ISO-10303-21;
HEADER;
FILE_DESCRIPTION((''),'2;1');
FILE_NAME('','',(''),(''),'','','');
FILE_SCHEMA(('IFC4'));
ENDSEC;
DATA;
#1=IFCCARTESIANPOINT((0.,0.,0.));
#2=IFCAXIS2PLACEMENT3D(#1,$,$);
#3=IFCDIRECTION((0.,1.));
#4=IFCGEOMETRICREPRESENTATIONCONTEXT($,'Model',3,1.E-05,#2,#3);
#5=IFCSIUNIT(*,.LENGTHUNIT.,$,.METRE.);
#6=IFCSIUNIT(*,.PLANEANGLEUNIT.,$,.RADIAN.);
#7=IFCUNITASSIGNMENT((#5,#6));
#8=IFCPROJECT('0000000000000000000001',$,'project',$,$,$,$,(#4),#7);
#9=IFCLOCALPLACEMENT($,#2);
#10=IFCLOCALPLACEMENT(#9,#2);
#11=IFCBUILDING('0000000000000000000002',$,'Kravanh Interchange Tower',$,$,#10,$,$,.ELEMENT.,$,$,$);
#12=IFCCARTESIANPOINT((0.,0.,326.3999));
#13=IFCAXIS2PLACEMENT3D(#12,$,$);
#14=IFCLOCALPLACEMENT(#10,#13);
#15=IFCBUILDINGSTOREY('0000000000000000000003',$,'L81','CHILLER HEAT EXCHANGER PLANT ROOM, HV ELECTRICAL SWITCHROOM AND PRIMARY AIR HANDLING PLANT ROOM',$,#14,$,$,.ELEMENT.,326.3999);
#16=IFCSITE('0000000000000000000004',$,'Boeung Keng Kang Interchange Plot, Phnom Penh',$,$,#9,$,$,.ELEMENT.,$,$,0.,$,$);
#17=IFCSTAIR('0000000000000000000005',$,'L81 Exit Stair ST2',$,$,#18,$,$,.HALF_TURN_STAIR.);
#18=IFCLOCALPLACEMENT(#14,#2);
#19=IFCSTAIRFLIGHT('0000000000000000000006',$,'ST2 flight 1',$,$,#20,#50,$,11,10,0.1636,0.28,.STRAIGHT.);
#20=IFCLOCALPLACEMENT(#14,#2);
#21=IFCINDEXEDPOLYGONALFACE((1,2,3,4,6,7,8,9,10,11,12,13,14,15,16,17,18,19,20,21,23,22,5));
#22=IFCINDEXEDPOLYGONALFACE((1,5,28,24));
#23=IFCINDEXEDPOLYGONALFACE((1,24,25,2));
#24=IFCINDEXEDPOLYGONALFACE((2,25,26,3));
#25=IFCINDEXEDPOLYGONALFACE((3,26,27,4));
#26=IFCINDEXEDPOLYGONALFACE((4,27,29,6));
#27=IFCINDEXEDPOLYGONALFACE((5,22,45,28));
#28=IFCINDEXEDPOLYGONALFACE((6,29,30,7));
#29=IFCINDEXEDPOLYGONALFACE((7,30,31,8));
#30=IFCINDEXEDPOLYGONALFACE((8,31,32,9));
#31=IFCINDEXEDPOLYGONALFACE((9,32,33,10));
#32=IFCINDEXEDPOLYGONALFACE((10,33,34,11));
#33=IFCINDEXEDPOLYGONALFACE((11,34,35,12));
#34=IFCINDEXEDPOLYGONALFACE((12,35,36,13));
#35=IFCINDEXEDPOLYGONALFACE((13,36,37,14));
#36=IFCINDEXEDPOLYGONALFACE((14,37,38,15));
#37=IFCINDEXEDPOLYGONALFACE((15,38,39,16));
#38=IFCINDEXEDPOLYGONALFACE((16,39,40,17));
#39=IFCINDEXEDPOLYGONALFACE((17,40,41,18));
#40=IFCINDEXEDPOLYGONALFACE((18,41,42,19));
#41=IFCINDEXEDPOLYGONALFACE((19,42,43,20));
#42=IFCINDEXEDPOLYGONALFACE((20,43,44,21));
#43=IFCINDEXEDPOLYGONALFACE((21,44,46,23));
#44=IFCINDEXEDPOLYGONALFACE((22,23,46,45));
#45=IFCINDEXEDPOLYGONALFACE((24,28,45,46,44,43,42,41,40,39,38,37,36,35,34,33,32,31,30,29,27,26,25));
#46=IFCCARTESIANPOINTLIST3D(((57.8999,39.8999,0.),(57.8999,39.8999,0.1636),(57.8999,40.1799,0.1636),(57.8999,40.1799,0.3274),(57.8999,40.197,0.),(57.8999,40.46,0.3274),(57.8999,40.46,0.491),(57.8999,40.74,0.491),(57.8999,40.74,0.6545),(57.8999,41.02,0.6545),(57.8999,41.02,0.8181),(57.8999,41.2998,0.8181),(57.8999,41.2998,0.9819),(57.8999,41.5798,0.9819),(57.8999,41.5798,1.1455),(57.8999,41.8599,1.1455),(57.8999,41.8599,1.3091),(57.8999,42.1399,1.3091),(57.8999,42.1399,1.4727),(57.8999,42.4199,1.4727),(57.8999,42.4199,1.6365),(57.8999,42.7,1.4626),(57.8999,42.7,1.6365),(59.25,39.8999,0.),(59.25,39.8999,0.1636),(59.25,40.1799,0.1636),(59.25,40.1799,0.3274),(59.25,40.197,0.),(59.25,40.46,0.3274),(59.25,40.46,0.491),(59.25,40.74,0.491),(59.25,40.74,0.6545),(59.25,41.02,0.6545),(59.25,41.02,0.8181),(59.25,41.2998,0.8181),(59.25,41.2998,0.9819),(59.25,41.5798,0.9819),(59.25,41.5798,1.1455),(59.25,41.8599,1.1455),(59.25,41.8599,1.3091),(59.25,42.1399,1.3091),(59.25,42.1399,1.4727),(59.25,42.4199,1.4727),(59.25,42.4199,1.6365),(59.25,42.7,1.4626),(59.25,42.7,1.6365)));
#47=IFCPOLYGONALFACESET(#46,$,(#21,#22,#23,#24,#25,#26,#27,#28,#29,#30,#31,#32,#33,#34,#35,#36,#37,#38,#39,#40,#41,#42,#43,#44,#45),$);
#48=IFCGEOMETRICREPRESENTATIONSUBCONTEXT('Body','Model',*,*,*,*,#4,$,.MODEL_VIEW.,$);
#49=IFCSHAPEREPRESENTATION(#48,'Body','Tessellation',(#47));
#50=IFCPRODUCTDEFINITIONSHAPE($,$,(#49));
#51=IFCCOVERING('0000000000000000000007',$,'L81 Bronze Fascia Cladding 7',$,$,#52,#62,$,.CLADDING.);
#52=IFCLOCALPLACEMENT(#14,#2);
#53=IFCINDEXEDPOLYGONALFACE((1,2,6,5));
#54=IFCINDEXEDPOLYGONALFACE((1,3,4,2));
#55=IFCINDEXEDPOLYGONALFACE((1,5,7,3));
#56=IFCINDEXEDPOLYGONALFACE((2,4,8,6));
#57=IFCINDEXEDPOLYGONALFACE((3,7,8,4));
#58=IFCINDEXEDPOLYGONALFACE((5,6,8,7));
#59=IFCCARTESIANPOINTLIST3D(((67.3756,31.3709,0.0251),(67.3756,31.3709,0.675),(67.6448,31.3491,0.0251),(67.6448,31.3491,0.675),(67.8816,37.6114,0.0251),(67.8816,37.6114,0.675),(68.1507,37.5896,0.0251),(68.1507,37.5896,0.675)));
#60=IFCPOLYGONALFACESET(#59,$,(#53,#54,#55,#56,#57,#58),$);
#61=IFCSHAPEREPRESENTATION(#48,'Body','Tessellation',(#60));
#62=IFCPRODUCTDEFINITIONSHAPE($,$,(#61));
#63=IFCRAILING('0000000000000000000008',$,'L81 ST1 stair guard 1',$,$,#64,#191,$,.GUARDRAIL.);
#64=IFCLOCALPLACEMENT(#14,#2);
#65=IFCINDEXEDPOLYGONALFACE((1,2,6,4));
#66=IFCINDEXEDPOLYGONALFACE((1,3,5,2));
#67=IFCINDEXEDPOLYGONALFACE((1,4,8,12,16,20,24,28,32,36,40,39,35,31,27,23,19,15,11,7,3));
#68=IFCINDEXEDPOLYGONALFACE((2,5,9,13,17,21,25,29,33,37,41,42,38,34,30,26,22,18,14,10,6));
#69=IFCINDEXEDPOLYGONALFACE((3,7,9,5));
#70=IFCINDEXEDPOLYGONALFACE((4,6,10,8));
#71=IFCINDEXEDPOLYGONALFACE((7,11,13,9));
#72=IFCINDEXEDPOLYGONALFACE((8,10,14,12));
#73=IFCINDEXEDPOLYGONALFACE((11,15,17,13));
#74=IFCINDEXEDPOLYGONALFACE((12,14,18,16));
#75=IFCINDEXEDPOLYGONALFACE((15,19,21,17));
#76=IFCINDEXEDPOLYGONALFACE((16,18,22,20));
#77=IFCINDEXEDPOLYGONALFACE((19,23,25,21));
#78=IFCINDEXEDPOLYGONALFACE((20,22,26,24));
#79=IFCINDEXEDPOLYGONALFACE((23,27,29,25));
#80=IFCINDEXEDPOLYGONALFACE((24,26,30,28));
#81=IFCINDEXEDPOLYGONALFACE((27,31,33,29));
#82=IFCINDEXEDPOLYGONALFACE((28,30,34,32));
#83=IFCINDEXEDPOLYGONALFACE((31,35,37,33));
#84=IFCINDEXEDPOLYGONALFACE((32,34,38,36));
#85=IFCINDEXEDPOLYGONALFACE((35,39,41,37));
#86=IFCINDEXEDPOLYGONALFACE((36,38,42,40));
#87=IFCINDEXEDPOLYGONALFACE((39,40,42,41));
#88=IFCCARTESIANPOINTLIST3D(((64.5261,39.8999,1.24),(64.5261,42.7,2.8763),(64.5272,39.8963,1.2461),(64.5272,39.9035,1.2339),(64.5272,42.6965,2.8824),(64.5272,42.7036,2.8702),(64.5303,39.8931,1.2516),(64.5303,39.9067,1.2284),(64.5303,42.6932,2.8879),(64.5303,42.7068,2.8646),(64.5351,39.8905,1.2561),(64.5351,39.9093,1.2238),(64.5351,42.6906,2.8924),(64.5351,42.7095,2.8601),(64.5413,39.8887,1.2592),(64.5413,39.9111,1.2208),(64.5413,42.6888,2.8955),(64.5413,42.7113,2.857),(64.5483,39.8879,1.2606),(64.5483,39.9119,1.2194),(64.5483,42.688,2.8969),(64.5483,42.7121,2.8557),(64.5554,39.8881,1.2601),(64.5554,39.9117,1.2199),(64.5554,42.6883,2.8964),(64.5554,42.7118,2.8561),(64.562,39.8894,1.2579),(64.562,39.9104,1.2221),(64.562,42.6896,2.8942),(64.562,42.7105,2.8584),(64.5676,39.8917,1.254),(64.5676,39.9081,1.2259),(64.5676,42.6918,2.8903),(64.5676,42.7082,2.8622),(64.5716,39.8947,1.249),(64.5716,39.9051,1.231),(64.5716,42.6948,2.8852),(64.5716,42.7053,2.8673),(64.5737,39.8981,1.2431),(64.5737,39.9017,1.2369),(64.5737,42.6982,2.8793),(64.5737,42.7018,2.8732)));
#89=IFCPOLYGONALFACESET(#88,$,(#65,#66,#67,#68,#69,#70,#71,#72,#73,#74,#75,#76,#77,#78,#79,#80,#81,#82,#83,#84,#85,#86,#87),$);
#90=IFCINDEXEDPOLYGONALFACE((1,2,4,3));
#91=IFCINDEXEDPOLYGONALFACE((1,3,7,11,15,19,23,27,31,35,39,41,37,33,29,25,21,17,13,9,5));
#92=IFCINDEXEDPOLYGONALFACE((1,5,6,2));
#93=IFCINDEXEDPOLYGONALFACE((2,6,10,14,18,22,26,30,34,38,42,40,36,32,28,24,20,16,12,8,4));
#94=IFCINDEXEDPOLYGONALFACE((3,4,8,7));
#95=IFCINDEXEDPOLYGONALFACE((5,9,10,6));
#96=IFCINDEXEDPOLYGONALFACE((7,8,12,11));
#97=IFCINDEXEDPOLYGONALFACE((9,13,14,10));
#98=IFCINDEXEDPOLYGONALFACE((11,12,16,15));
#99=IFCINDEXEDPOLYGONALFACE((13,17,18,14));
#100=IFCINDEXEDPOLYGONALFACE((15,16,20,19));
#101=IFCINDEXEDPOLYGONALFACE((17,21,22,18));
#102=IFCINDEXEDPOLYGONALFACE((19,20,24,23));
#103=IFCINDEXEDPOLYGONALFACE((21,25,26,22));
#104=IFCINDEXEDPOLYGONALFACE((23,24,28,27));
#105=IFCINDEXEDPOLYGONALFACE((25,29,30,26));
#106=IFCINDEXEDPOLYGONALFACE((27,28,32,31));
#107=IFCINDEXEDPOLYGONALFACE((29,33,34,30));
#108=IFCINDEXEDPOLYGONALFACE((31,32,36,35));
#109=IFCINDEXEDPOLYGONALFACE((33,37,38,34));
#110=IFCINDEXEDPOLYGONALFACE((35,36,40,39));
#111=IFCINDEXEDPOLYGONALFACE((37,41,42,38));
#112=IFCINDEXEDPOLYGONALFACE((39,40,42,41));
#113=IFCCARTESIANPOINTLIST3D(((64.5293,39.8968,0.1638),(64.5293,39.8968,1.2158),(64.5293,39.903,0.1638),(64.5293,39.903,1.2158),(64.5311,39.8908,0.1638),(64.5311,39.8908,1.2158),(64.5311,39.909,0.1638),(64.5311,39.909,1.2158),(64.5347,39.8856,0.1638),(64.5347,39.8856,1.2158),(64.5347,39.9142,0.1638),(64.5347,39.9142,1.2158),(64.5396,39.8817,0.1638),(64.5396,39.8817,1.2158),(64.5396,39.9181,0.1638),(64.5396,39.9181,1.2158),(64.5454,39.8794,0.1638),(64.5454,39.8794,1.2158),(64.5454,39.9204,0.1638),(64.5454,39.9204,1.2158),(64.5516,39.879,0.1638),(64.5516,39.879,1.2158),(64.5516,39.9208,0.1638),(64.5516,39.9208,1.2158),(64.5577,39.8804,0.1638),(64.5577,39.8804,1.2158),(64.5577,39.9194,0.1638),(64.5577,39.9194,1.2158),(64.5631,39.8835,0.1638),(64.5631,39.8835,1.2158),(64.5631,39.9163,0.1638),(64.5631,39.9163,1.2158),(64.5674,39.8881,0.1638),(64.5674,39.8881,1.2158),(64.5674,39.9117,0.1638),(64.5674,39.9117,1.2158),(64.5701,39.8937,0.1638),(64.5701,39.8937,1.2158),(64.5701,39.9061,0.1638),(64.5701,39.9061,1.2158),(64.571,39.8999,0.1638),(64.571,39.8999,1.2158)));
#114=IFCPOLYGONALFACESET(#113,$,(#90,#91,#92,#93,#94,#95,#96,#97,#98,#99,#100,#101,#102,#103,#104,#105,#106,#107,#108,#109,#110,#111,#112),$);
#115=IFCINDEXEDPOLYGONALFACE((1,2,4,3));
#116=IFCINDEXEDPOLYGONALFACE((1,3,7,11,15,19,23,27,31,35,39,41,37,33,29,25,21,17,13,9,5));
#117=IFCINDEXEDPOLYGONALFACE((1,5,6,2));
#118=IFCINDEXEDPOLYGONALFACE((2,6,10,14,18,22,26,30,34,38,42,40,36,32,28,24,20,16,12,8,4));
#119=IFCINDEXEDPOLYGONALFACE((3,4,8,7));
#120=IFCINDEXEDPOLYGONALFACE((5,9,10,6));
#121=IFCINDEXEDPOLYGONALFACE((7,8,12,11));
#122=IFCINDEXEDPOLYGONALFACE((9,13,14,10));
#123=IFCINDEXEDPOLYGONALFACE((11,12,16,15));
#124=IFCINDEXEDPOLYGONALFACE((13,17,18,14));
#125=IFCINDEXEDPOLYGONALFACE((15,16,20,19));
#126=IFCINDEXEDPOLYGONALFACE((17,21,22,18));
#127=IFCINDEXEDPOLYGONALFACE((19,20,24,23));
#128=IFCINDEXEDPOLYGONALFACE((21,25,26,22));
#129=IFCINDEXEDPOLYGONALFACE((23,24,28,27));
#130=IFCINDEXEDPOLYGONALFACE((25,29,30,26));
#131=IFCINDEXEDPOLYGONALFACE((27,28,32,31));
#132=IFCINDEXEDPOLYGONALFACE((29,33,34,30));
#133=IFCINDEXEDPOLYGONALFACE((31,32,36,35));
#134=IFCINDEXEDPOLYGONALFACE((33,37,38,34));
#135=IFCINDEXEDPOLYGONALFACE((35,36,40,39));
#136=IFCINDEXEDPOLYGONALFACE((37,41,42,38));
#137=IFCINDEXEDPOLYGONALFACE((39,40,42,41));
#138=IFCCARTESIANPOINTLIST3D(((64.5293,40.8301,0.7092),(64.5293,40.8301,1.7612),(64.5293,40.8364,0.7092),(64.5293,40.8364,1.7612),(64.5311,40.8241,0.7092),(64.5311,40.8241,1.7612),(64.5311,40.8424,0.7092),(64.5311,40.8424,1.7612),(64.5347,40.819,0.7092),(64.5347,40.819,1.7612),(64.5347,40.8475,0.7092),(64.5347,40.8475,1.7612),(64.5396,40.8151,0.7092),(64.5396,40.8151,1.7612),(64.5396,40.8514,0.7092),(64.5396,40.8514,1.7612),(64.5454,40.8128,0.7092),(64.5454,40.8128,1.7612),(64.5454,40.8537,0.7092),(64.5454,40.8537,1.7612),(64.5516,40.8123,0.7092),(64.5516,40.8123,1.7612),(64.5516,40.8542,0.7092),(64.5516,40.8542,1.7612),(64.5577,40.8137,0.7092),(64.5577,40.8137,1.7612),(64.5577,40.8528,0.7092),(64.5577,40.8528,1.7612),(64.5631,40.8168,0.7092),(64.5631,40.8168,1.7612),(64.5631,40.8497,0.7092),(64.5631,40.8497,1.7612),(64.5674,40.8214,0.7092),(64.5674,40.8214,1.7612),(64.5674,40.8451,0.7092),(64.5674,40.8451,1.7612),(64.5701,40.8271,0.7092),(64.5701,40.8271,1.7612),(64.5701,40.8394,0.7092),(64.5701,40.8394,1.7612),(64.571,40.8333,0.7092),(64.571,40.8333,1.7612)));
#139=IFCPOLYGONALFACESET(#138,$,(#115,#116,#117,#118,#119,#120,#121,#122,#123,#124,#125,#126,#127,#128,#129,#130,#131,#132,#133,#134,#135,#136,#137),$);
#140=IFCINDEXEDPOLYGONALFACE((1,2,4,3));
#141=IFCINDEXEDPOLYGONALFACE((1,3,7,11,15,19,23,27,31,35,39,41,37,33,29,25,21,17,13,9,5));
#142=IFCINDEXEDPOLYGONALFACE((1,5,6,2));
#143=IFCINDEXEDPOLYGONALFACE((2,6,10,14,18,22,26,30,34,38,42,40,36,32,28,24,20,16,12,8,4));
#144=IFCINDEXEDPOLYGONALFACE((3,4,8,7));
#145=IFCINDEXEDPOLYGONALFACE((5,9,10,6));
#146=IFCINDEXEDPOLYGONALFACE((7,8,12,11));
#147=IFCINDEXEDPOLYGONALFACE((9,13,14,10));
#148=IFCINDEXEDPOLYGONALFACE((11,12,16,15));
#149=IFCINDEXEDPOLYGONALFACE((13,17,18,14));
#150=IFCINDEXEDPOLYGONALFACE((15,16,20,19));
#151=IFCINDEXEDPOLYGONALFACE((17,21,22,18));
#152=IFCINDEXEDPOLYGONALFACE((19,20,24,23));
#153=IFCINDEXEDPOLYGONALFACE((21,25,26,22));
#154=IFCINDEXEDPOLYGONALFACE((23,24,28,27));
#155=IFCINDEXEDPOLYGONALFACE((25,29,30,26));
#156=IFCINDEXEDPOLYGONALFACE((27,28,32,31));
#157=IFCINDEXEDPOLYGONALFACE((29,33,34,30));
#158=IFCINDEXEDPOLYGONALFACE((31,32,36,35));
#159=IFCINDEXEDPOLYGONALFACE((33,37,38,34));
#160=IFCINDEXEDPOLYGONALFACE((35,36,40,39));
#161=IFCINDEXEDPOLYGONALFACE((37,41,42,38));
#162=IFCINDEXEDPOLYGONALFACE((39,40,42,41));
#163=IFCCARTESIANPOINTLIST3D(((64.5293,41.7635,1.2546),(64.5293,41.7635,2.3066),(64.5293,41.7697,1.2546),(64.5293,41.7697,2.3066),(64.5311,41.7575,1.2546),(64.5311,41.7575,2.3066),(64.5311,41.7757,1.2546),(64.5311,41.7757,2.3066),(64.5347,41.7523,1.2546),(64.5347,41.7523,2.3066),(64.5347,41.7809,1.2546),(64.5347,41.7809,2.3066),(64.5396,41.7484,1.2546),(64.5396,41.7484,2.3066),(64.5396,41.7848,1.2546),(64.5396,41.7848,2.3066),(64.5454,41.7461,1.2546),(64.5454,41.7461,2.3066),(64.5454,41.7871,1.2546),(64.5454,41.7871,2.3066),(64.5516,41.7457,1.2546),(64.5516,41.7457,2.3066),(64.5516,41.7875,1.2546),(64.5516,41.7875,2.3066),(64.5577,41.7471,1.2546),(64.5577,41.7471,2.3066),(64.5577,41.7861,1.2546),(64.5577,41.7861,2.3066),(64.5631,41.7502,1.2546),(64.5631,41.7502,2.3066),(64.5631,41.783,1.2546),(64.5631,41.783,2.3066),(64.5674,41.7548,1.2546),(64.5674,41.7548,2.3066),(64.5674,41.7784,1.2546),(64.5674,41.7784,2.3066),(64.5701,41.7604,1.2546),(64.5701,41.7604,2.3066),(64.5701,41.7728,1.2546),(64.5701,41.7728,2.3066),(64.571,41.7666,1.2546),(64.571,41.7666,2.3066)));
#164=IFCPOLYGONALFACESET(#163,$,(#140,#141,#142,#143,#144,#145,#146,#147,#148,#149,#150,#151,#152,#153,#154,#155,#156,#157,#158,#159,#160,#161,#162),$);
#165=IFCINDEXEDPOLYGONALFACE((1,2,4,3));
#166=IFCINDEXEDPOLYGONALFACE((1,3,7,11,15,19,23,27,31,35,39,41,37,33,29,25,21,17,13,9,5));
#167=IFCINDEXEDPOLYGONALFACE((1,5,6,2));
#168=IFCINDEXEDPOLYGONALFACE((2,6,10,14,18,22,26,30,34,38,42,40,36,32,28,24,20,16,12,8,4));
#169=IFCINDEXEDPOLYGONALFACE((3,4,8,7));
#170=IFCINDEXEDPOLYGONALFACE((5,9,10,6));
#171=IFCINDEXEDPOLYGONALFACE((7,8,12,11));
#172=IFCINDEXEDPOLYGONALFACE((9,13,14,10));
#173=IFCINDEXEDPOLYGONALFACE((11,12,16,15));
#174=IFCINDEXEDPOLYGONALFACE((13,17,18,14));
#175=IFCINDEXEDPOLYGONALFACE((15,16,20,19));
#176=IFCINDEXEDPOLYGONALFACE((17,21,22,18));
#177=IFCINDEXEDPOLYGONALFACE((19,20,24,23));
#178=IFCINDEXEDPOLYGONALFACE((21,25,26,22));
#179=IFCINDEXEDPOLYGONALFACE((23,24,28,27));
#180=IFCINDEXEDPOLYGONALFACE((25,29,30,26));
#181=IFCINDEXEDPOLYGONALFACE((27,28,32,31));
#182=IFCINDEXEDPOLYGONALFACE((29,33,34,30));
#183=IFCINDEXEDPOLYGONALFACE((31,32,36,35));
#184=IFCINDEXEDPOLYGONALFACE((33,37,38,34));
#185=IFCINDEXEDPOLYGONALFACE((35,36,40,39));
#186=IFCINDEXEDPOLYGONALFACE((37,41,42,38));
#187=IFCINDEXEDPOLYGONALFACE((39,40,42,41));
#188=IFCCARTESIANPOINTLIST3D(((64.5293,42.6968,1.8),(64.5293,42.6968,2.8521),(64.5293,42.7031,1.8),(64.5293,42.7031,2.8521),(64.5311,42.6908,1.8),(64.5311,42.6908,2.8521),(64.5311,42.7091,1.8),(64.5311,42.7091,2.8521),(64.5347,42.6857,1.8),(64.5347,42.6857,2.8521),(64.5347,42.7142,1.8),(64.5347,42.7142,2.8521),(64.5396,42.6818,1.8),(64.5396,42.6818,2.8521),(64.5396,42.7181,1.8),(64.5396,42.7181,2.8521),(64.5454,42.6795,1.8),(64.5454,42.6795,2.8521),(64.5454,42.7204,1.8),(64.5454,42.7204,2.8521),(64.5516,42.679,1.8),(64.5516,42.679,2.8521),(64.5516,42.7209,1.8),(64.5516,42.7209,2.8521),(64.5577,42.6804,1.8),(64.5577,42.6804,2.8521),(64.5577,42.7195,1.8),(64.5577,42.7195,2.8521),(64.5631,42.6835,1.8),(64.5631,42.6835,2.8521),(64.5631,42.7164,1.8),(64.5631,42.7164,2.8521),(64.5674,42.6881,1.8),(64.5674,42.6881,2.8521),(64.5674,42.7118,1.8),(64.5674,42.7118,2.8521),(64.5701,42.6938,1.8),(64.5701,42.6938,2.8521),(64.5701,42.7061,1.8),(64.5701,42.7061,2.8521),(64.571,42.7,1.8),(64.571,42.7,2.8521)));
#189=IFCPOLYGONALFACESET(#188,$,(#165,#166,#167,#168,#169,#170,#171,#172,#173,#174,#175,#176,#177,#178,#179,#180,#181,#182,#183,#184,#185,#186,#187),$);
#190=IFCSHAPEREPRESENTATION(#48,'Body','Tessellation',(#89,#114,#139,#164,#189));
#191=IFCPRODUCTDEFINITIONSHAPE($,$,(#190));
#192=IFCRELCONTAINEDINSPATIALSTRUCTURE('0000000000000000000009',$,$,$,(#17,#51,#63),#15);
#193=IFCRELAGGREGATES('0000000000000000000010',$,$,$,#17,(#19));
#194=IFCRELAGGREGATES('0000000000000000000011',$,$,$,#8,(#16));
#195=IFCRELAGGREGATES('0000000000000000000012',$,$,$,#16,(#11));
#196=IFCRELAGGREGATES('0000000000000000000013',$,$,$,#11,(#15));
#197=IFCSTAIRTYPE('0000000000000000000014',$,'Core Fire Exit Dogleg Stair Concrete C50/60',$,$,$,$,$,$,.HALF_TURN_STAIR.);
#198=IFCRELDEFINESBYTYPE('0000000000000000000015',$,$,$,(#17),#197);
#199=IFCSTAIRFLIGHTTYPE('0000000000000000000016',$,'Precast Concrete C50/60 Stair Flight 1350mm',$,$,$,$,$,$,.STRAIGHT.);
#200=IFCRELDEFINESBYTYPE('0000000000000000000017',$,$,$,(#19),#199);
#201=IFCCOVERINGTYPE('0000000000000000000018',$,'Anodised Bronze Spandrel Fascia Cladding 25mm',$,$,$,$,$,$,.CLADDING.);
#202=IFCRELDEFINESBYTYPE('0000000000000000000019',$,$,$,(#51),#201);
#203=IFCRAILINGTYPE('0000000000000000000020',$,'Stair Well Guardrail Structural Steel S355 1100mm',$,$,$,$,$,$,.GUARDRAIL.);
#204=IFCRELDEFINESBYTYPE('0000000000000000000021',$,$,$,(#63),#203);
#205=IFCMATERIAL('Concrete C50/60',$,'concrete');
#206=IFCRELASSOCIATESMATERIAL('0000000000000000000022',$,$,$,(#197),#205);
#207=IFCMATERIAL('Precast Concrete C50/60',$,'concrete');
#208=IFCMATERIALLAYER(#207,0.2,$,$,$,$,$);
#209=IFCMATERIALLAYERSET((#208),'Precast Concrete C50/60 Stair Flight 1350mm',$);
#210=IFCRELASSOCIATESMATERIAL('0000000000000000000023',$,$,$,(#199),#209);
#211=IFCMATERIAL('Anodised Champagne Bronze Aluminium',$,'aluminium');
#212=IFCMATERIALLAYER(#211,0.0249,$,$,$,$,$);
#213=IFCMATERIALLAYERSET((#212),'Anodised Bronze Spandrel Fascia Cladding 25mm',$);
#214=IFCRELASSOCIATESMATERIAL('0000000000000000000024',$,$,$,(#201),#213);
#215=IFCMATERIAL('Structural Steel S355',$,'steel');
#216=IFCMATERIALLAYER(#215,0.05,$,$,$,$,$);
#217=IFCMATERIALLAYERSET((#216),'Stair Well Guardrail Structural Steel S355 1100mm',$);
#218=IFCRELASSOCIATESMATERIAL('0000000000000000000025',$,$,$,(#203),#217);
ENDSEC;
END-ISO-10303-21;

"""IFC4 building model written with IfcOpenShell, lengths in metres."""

from ifc_helpers import new_model, si_unit, direction, frame, origin, origin_2d, place, context, subcontext, project, spatial, polyline, rectangle, circle, outline, extrude, material, layer, layer_set, type_object, element, aggregate, save


model = new_model("IFC4")

# Units and contexts
model_context = context("Model", 3, precision=1e-05, world=origin(), true_north=direction((0.0, 1.0)))
body_context = subcontext(model_context, "Body", "Model", "MODEL_VIEW")
ifc_project = project(units=[si_unit("LENGTHUNIT", "METRE"), si_unit("PLANEANGLEUNIT", "RADIAN")], contexts=[model_context])

# Site, building, storey
site_placement = place(None, origin())
site = spatial("IfcSite", under=ifc_project, at=site_placement, Name="Boeung Keng Kang Interchange Plot, Phnom Penh", CompositionType="ELEMENT", RefElevation=0.0)
building_placement = place(site_placement, origin())
building = spatial("IfcBuilding", under=site, at=building_placement, Name="Kravanh Interchange Tower", CompositionType="ELEMENT")
storey_placement = place(building_placement, frame((0.0, 0.0, 326.3999)))
storey = spatial("IfcBuildingStorey", under=building, at=storey_placement, Name="L81", Description="CHILLER HEAT EXCHANGER PLANT ROOM, HV ELECTRICAL SWITCHROOM AND PRIMARY AIR HANDLING PLANT ROOM", CompositionType="ELEMENT", Elevation=326.3999)

# Shared definitions
ifc_material_1 = material(Name="Concrete C50/60", Category="concrete")
stair_type = type_object("IfcStairType", Name="Core Fire Exit Dogleg Stair Concrete C50/60", PredefinedType="HALF_TURN_STAIR", material=ifc_material_1)
ifc_material_2 = material(Name="Precast Concrete C50/60", Category="concrete")
ifc_layer_1 = layer(ifc_material_2, 0.2)
ifc_layer_set_1 = layer_set([ifc_layer_1], Name="Precast Concrete C50/60 Stair Flight 1350mm")
stair_flight_type = type_object("IfcStairFlightType", Name="Precast Concrete C50/60 Stair Flight 1350mm", PredefinedType="STRAIGHT", material=ifc_layer_set_1)

# Stair, stair flight
stair_1_placement = place(storey_placement, origin())
stair_1 = element("IfcStair", 1, at=stair_1_placement, inside=storey, type_object=stair_type, Name="L81 Exit Stair ST2", PredefinedType="HALF_TURN_STAIR")
stair_flight_1_placement = place(storey_placement, frame((58.575, 39.8999, 0.0), z_axis=(0.0, 0.0, 1.0), x_axis=(0.0, 1.0, 0.0)))
stair_flight_1 = element("IfcStairFlight", 2, at=stair_flight_1_placement, type_object=stair_flight_type, Name="ST2 flight 1", NumberOfRisers=11, NumberOfTreads=10, PredefinedType="STRAIGHT", RiserHeight=0.1636, TreadLength=0.28, context=body_context, shape_type="SweptSolid", body=[
    extrude(outline(polyline([(0.0, 0.0), (0.0, 0.1636), (0.28, 0.1636), (0.28, 0.3274), (0.5601, 0.3274), (0.5601, 0.491), (0.8401, 0.491), (0.8401, 0.6545), (1.1201, 0.6545), (1.1201, 0.8181), (1.3999, 0.8181), (1.3999, 0.9819), (1.6799, 0.9819), (1.6799, 1.1455), (1.96, 1.1455), (1.96, 1.3091), (2.24, 1.3091), (2.24, 1.4727), (2.52, 1.4727), (2.52, 1.6365), (2.8, 1.6365), (2.8, 1.8), (2.8, 1.4626), (0.2971, 0.0), (0.0, 0.0)])), frame((0.0, 0.675, 0.0), z_axis=(0.0, -1.0, 0.0), x_axis=(1.0, 0.0, 0.0)), (0.0, 0.0, 1.0), 1.3501),
])
aggregate(stair_1, [stair_flight_1])

# Covering
ifc_material_3 = material(Name="Anodised Champagne Bronze Aluminium", Category="aluminium")
ifc_layer_2 = layer(ifc_material_3, 0.0249)
ifc_layer_set_2 = layer_set([ifc_layer_2], Name="Anodised Bronze Spandrel Fascia Cladding 25mm")
covering_type = type_object("IfcCoveringType", Name="Anodised Bronze Spandrel Fascia Cladding 25mm", PredefinedType="CLADDING", material=ifc_layer_set_2)
covering_placement = place(storey_placement, frame((67.7632, 34.4802, 0.0251), z_axis=(0.0, 0.0, 1.0), x_axis=(-0.080817, -0.996729, 0.0)))
element("IfcCovering", 3, at=covering_placement, inside=storey, type_object=covering_type, Name="L81 Bronze Fascia Cladding 7", PredefinedType="CLADDING", context=body_context, shape_type="SweptSolid", body=[
    extrude(rectangle(XDim=6.261, YDim=0.27, at=origin_2d()), origin(), (0.0, 0.0, 1.0), 0.6499),
])

# Railing
ifc_material_4 = material(Name="Structural Steel S355", Category="steel")
ifc_layer_3 = layer(ifc_material_4, 0.05)
ifc_layer_set_3 = layer_set([ifc_layer_3], Name="Stair Well Guardrail Structural Steel S355 1100mm")
railing_type_1 = type_object("IfcRailingType", Name="Stair Well Guardrail Structural Steel S355 1100mm", PredefinedType="GUARDRAIL", material=ifc_layer_set_3)
railing_1_placement = place(storey_placement, frame((64.55, 39.8999, 0.1638)))
element("IfcRailing", 4, at=railing_1_placement, inside=storey, type_object=railing_type_1, Name="L81 ST1 stair guard 1", PredefinedType="GUARDRAIL", context=body_context, shape_type="SweptSolid", body=[
    extrude(circle(Radius=0.0239, at=origin_2d()), frame((0.0, 0.0, 1.0762), z_axis=(0.0, 0.863394, 0.504531), x_axis=(-1.0, 0.0, 0.0)), (0.0, 0.0, 1.0), 3.2432),
    extrude(circle(Radius=0.021, at=origin_2d()), origin(), (0.0, 0.0, 1.0), 1.052),
    extrude(circle(Radius=0.021, at=origin_2d()), frame((0.0, 0.9333, 0.5454)), (0.0, 0.0, 1.0), 1.052),
    extrude(circle(Radius=0.021, at=origin_2d()), frame((0.0, 1.8667, 1.0908)), (0.0, 0.0, 1.0), 1.052),
    extrude(circle(Radius=0.021, at=origin_2d()), frame((0.0, 2.8, 1.6362)), (0.0, 0.0, 1.0), 1.052),
])

save(model, "model.ifc")
